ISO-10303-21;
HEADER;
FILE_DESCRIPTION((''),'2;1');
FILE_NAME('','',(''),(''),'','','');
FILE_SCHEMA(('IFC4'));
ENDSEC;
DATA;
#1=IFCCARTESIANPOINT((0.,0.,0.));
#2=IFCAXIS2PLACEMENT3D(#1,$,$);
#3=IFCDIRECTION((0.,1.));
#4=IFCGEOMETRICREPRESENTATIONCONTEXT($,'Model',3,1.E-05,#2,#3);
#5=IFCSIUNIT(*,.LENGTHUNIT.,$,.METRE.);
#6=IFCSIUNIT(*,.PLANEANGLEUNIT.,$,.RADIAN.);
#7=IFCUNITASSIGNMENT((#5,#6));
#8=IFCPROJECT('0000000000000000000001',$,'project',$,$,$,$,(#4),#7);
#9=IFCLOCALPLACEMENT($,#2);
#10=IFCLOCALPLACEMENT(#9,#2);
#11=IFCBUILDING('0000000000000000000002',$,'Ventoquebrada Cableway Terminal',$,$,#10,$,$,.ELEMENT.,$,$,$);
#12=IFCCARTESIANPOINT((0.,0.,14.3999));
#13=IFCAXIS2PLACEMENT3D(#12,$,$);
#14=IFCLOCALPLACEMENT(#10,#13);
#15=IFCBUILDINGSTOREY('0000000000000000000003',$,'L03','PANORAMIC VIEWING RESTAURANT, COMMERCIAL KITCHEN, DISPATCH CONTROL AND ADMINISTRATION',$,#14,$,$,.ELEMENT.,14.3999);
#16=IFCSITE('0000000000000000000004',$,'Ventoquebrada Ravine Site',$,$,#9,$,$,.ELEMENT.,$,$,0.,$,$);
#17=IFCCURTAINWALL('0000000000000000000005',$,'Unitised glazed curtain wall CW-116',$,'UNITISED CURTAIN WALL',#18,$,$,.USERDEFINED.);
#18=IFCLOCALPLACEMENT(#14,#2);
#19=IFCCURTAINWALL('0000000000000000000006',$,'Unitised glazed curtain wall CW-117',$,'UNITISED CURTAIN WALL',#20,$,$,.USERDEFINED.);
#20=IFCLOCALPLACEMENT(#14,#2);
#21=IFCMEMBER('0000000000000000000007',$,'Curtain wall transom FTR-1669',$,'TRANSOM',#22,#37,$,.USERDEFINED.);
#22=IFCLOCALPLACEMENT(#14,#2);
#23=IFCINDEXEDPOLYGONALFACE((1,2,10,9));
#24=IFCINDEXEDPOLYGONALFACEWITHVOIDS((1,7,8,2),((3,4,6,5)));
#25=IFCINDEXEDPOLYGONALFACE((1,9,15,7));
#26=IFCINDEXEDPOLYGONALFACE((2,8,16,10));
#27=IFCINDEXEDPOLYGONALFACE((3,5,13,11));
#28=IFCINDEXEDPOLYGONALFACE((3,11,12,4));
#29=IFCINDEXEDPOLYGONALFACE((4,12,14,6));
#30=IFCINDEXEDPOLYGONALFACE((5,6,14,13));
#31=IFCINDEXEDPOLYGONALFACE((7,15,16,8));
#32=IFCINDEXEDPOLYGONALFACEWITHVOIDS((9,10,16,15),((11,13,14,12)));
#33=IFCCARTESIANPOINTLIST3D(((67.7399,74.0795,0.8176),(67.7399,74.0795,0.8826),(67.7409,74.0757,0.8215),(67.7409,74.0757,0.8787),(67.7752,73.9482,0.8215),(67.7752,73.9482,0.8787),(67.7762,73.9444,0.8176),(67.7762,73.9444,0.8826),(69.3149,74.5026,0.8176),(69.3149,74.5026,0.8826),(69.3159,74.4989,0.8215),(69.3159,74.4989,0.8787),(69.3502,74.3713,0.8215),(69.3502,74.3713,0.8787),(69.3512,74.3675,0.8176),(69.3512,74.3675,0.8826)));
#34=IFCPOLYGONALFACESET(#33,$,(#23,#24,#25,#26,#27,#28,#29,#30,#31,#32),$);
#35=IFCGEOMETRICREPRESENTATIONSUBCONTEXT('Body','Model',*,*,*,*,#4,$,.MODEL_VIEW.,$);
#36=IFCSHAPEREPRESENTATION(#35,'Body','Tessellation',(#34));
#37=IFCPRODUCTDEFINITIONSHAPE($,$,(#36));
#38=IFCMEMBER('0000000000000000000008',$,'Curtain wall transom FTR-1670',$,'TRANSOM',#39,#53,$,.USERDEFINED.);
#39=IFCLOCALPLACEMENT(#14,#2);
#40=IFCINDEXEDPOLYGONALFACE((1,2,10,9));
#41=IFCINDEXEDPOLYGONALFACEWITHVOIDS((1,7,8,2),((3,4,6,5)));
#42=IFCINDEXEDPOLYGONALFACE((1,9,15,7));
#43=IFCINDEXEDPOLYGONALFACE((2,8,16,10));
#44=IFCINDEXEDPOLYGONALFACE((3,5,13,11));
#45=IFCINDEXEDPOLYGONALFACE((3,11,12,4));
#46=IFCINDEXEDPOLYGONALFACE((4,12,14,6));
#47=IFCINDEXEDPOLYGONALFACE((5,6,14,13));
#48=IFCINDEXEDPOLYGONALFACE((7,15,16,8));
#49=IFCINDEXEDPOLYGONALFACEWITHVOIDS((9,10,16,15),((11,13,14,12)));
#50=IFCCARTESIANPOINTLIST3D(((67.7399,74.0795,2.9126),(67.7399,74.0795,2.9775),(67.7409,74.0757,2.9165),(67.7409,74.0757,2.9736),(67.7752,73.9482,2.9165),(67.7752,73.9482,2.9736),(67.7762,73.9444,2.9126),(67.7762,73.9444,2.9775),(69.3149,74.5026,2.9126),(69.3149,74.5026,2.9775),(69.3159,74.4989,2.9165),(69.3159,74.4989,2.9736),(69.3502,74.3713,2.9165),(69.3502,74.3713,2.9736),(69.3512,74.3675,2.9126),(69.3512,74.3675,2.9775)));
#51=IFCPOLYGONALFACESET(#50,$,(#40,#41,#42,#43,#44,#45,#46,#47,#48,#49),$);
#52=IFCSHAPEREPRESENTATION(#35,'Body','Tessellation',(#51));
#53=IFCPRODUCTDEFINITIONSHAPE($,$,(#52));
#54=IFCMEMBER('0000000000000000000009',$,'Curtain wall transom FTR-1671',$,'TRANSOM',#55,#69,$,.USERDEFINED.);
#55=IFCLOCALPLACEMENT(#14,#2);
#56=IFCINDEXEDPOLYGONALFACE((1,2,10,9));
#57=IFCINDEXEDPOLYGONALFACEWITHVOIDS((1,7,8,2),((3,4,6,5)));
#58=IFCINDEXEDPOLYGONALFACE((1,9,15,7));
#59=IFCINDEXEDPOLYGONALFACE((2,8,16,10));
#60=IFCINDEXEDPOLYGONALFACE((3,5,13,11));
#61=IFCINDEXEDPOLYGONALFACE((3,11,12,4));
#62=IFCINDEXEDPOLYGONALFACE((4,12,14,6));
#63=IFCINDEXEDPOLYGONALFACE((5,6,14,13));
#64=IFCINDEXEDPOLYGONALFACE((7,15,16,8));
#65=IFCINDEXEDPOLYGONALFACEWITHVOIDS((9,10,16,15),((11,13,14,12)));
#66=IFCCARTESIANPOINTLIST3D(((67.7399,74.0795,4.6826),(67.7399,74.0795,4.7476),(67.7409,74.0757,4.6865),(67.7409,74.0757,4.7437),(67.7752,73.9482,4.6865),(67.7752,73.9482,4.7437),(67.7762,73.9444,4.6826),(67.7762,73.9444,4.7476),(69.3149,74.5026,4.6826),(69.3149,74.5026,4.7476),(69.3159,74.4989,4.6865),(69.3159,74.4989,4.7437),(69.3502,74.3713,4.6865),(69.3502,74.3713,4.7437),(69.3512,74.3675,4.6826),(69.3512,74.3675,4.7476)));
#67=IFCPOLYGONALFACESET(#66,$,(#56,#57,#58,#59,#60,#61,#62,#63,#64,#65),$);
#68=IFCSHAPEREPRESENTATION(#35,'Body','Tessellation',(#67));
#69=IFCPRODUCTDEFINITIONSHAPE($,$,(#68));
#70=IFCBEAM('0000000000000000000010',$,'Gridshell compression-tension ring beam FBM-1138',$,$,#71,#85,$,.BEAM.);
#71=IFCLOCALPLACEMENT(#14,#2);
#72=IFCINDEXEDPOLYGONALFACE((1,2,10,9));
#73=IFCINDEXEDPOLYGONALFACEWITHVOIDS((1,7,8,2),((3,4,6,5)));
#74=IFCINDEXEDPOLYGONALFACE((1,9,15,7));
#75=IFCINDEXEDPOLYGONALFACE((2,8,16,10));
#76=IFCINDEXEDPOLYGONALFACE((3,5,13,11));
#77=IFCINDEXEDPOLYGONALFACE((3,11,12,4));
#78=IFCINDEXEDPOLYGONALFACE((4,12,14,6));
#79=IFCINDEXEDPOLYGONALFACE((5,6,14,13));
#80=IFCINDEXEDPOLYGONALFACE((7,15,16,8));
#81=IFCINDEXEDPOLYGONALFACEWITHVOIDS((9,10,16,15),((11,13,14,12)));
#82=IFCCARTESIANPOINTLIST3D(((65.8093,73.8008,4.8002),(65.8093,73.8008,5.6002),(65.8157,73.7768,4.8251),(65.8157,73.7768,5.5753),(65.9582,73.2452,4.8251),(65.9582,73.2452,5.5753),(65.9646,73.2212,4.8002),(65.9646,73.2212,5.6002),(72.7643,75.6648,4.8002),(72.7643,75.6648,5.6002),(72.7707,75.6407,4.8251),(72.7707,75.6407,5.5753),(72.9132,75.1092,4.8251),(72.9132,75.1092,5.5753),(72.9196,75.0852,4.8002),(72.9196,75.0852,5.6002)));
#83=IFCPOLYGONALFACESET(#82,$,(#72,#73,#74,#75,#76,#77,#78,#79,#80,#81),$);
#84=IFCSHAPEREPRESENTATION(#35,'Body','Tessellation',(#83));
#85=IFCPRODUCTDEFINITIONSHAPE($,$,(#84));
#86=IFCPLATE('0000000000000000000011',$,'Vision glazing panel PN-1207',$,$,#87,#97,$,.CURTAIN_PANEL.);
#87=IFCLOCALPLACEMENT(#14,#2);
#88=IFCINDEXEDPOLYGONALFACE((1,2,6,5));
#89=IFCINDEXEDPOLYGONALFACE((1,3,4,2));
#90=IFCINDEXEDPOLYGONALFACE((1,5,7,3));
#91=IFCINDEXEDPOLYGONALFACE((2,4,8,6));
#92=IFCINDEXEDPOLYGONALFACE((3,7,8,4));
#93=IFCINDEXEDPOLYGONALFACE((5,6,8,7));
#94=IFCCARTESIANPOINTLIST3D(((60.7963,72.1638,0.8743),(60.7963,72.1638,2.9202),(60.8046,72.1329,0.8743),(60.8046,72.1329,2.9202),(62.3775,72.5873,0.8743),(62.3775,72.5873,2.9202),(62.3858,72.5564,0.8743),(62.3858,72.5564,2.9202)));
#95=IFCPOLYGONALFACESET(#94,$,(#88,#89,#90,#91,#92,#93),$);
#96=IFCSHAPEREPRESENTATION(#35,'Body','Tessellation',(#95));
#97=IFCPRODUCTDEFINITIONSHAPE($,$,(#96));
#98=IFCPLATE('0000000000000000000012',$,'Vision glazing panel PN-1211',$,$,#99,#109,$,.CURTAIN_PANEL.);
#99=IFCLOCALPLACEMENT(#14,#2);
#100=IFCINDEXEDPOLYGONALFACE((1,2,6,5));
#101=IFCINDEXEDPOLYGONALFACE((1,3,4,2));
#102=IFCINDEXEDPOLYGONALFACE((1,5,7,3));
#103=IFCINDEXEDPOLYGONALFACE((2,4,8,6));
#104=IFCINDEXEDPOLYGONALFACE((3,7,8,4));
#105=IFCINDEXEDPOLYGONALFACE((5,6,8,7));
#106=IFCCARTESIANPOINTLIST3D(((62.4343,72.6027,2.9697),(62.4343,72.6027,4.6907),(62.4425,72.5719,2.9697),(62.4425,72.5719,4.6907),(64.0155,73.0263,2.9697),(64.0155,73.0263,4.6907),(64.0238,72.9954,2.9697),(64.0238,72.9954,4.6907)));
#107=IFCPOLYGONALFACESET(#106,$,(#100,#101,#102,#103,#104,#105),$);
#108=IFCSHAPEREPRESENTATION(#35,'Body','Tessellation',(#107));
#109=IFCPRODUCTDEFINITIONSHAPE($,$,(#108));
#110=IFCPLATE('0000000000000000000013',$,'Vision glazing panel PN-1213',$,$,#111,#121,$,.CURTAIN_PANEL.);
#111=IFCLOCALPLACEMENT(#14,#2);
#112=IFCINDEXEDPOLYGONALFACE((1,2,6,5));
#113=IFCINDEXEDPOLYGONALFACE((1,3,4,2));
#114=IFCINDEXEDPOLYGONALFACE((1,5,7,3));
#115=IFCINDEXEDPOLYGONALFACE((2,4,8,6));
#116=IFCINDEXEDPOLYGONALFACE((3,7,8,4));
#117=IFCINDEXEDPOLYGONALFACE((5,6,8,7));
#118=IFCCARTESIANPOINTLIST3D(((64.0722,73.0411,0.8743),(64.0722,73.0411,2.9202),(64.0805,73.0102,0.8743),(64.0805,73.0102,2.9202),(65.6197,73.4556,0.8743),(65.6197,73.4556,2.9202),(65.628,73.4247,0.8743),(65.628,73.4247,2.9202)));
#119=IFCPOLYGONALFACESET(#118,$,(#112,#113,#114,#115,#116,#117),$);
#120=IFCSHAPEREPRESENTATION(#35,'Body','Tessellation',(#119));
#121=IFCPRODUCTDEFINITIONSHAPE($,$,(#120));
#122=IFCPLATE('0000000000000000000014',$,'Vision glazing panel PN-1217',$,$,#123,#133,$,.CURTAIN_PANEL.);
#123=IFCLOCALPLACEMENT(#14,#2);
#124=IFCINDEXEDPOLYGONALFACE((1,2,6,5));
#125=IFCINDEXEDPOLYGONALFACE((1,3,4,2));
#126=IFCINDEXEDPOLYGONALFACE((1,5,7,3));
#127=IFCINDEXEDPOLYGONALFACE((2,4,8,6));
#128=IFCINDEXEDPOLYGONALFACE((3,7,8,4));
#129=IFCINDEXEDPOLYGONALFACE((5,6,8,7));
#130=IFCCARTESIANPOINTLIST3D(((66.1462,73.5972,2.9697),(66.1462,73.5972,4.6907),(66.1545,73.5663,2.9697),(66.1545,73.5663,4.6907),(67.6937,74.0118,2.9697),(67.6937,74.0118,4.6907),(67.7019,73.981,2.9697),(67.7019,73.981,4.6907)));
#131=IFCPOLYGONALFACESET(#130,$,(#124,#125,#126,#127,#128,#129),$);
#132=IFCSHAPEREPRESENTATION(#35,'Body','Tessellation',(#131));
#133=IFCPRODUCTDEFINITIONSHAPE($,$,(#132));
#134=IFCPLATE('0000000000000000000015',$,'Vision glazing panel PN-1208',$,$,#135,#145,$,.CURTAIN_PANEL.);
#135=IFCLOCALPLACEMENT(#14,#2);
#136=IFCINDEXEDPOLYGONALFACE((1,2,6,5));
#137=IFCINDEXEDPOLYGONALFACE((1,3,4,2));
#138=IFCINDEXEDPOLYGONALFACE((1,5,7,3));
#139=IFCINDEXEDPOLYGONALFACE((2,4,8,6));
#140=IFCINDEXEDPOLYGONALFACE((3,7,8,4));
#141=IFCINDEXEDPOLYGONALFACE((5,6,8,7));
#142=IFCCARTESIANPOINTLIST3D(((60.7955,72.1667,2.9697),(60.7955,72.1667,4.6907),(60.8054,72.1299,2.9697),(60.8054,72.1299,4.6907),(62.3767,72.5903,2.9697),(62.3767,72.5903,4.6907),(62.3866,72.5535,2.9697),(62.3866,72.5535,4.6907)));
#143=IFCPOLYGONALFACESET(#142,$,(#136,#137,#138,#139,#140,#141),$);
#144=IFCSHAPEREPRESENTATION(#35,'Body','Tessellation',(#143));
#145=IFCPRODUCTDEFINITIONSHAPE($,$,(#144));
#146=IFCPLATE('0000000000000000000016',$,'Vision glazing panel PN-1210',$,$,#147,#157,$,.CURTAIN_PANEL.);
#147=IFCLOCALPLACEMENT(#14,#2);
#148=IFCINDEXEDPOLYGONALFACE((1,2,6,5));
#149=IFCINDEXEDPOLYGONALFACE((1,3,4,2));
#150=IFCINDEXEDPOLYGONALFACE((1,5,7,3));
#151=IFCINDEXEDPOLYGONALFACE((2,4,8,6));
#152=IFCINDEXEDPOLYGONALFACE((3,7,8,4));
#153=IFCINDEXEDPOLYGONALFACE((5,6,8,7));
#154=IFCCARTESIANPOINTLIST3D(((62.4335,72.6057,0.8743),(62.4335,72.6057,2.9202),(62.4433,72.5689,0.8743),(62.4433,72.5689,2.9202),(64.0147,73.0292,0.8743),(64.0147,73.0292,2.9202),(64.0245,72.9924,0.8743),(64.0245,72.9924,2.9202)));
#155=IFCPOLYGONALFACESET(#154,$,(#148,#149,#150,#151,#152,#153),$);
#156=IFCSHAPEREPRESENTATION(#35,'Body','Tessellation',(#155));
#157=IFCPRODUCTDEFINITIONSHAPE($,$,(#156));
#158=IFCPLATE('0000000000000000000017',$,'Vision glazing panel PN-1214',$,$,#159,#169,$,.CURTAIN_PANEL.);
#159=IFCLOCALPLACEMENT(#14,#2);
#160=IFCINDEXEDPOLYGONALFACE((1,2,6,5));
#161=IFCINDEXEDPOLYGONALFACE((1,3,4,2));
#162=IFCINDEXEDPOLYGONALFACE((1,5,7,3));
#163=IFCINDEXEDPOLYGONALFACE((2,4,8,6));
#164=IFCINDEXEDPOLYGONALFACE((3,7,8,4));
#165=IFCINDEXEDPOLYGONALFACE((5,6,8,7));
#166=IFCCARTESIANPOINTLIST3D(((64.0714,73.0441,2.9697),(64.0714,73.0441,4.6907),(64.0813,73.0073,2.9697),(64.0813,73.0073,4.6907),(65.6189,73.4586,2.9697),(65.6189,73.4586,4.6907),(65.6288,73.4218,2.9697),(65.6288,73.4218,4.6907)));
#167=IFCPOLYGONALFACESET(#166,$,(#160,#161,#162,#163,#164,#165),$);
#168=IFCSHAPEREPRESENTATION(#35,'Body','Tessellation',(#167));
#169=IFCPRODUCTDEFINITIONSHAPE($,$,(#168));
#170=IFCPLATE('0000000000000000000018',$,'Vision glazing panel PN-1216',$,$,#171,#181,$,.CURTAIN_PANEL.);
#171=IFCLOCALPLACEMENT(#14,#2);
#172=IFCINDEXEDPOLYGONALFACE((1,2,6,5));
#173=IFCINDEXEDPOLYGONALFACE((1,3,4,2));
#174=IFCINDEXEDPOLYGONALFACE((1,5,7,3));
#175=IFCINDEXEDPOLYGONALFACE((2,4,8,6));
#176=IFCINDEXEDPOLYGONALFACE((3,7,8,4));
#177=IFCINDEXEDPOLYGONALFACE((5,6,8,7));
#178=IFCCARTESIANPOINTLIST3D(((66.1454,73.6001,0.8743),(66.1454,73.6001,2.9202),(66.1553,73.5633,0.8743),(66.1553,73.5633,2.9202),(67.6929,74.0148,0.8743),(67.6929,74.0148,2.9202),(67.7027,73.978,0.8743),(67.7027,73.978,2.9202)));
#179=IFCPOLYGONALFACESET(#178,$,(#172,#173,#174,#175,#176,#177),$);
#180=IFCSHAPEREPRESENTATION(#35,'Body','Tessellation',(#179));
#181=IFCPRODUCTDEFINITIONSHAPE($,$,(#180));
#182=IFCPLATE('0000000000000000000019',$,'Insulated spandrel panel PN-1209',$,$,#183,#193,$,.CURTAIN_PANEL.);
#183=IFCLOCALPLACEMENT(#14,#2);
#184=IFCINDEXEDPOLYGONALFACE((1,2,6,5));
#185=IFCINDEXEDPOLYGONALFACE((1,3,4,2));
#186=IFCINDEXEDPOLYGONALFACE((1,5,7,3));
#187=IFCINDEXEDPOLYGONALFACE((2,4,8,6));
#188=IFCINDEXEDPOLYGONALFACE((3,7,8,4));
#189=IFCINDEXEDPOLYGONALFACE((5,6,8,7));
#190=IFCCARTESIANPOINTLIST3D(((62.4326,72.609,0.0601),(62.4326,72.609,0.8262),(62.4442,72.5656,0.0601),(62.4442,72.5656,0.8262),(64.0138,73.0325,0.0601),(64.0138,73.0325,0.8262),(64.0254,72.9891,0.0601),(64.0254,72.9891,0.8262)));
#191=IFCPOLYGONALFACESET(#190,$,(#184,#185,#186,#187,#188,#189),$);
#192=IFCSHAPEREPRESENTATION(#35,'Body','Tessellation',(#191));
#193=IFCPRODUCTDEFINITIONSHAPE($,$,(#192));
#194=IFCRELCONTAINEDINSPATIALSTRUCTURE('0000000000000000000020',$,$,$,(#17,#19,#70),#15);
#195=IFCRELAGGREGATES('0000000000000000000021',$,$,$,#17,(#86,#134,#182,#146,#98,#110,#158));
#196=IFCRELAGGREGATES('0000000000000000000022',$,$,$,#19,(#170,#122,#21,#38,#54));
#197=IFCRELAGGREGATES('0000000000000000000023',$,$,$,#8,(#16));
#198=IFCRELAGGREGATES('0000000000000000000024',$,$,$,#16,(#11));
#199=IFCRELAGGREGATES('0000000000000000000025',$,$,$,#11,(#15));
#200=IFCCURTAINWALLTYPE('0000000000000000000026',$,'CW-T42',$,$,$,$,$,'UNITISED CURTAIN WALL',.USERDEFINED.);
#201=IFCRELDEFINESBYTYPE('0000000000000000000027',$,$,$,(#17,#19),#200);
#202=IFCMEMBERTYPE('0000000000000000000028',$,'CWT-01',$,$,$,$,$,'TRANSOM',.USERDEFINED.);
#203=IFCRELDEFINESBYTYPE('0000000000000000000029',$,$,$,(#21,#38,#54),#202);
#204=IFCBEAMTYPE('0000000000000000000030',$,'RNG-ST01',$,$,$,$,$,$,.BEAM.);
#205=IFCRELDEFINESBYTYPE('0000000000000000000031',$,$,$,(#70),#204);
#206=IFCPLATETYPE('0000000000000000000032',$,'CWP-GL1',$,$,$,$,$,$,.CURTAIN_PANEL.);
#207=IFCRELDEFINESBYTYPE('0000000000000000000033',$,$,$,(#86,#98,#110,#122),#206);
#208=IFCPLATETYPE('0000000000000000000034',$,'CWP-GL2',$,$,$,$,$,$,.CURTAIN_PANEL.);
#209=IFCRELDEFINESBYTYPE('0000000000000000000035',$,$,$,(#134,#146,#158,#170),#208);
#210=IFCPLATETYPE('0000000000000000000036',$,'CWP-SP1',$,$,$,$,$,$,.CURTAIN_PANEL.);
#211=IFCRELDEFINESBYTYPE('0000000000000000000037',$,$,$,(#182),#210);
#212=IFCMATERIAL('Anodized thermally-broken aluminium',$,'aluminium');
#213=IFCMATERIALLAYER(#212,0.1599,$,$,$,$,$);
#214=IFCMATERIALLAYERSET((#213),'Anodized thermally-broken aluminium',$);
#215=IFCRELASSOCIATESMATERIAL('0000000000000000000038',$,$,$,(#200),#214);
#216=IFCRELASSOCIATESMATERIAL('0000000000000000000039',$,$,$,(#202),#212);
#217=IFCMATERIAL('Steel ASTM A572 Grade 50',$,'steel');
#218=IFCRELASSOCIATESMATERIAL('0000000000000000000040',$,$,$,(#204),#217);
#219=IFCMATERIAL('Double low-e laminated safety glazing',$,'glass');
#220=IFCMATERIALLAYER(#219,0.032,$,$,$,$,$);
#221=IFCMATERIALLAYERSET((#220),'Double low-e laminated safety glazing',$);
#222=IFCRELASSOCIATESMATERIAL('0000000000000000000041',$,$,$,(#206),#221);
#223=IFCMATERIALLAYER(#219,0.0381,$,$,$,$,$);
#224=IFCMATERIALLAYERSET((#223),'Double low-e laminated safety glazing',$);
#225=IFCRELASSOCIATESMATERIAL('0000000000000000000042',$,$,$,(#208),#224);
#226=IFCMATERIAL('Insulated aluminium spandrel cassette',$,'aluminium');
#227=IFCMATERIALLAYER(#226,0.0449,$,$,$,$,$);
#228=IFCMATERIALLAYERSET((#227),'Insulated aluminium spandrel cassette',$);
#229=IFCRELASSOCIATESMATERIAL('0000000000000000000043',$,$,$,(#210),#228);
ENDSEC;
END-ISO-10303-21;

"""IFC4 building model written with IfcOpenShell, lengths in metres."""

from ifc_helpers import new_model, si_unit, direction, frame, origin, origin_2d, place, context, subcontext, project, spatial, rectangle, hollow_rectangle, extrude, material, layer, layer_set, material_profile, profile_set, type_object, element, aggregate, save


model = new_model("IFC4")

# Units and contexts
model_context = context("Model", 3, precision=1e-05, world=origin(), true_north=direction((0.0, 1.0)))
body_context = subcontext(model_context, "Body", "Model", "MODEL_VIEW")
ifc_project = project(units=[si_unit("LENGTHUNIT", "METRE"), si_unit("PLANEANGLEUNIT", "RADIAN")], contexts=[model_context])

# Site, building, storey
site_placement = place(None, origin())
site = spatial("IfcSite", under=ifc_project, at=site_placement, Name="Ventoquebrada Ravine Site", CompositionType="ELEMENT", RefElevation=0.0)
building_placement = place(site_placement, origin())
building = spatial("IfcBuilding", under=site, at=building_placement, Name="Ventoquebrada Cableway Terminal", CompositionType="ELEMENT")
storey_placement = place(building_placement, frame((0.0, 0.0, 14.3999)))
storey = spatial("IfcBuildingStorey", under=building, at=storey_placement, Name="L03", Description="PANORAMIC VIEWING RESTAURANT, COMMERCIAL KITCHEN, DISPATCH CONTROL AND ADMINISTRATION", CompositionType="ELEMENT", Elevation=14.3999)

# Curtain walls
ifc_material_1 = material(Name="Anodized thermally-broken aluminium", Category="aluminium")
ifc_layer_1 = layer(ifc_material_1, 0.1599)
ifc_layer_set_1 = layer_set([ifc_layer_1], Name="Anodized thermally-broken aluminium")
curtain_wall_type = type_object("IfcCurtainWallType", Name="CW-T42", ElementType="UNITISED CURTAIN WALL", PredefinedType="USERDEFINED", material=ifc_layer_set_1)
curtain_wall_1_placement = place(storey_placement, origin())
curtain_wall_1 = element("IfcCurtainWall", 1, at=curtain_wall_1_placement, inside=storey, type_object=curtain_wall_type, Name="Unitised glazed curtain wall CW-116", ObjectType="UNITISED CURTAIN WALL", PredefinedType="USERDEFINED")
curtain_wall_2_placement = place(storey_placement, origin())
curtain_wall_2 = element("IfcCurtainWall", 2, at=curtain_wall_2_placement, inside=storey, type_object=curtain_wall_type, Name="Unitised glazed curtain wall CW-117", ObjectType="UNITISED CURTAIN WALL", PredefinedType="USERDEFINED")

# Members
ifc_material_profile_1 = material_profile(ifc_material_1, hollow_rectangle(XDim=0.0649, YDim=0.1399, WallThickness=0.0039, at=origin_2d()), Name="CW-TRN-65X140")
ifc_profile_set_1 = profile_set([ifc_material_profile_1], Name="Anodized thermally-broken aluminium")
member_type_1 = type_object("IfcMemberType", Name="CWT-01", ElementType="TRANSOM", PredefinedType="USERDEFINED", material=ifc_profile_set_1)
member_1_placement = place(storey_placement, frame((67.7581, 74.012, 0.8501), z_axis=(0.965759, 0.259442, 0.0), x_axis=(0.0, 0.0, 1.0)))
member_1 = element("IfcMember", 3, at=member_1_placement, type_object=member_type_1, Name="Curtain wall transom FTR-1669", ObjectType="TRANSOM", PredefinedType="USERDEFINED", context=body_context, shape_type="SweptSolid", body=[
    extrude(hollow_rectangle(XDim=0.0649, YDim=0.1399, WallThickness=0.0039, at=origin_2d()), origin(), (0.0, 0.0, 1.0), 1.6309),
])
member_2_placement = place(storey_placement, frame((67.7581, 74.012, 2.9451), z_axis=(0.965759, 0.259442, 0.0), x_axis=(0.0, 0.0, 1.0)))
member_2 = element("IfcMember", 4, at=member_2_placement, type_object=member_type_1, Name="Curtain wall transom FTR-1670", ObjectType="TRANSOM", PredefinedType="USERDEFINED", context=body_context, shape_type="SweptSolid", body=[
    extrude(hollow_rectangle(XDim=0.0649, YDim=0.1399, WallThickness=0.0039, at=origin_2d()), origin(), (0.0, 0.0, 1.0), 1.6309),
])
member_3_placement = place(storey_placement, frame((67.7581, 74.012, 4.7151), z_axis=(0.965759, 0.259442, 0.0), x_axis=(0.0, 0.0, 1.0)))
member_3 = element("IfcMember", 5, at=member_3_placement, type_object=member_type_1, Name="Curtain wall transom FTR-1671", ObjectType="TRANSOM", PredefinedType="USERDEFINED", context=body_context, shape_type="SweptSolid", body=[
    extrude(hollow_rectangle(XDim=0.0649, YDim=0.1399, WallThickness=0.0039, at=origin_2d()), origin(), (0.0, 0.0, 1.0), 1.6309),
])

# Beam
ifc_material_2 = material(Name="Steel ASTM A572 Grade 50", Category="steel")
ifc_material_profile_2 = material_profile(ifc_material_2, hollow_rectangle(XDim=0.6001, YDim=0.8, WallThickness=0.0249, at=origin_2d()), Name="BOX600X800X25")
ifc_profile_set_2 = profile_set([ifc_material_profile_2], Name="Steel ASTM A572 Grade 50")
beam_type = type_object("IfcBeamType", Name="RNG-ST01", PredefinedType="BEAM", material=ifc_profile_set_2)
beam_placement = place(storey_placement, frame((65.887, 73.511, 5.2002), z_axis=(0.965912, 0.258872, 0.0), x_axis=(-0.258872, 0.965912, 0.0)))
element("IfcBeam", 6, at=beam_placement, inside=storey, type_object=beam_type, Name="Gridshell compression-tension ring beam FBM-1138", PredefinedType="BEAM", context=body_context, shape_type="SweptSolid", body=[
    extrude(hollow_rectangle(XDim=0.6001, YDim=0.8, WallThickness=0.0249, at=origin_2d()), origin(), (0.0, 0.0, 1.0), 7.2004),
])

# Plates
ifc_material_3 = material(Name="Double low-e laminated safety glazing", Category="glass")
ifc_layer_2 = layer(ifc_material_3, 0.032)
ifc_layer_set_2 = layer_set([ifc_layer_2], Name="Double low-e laminated safety glazing")
plate_type_1 = type_object("IfcPlateType", Name="CWP-GL1", PredefinedType="CURTAIN_PANEL", material=ifc_layer_set_2)
plate_1_placement = place(storey_placement, frame((61.5911, 72.3601, 0.8743), z_axis=(0.0, 0.0, 1.0), x_axis=(0.965948, 0.258735, 0.0)))
plate_1 = element("IfcPlate", 7, at=plate_1_placement, type_object=plate_type_1, Name="Vision glazing panel PN-1207", PredefinedType="CURTAIN_PANEL", context=body_context, shape_type="SweptSolid", body=[
    extrude(rectangle(XDim=1.637, YDim=0.032, at=origin_2d()), origin(), (0.0, 0.0, 1.0), 2.0459),
])
plate_2_placement = place(storey_placement, frame((63.229, 72.7991, 2.9697), z_axis=(0.0, 0.0, 1.0), x_axis=(0.965948, 0.258735, 0.0)))
plate_2 = element("IfcPlate", 8, at=plate_2_placement, type_object=plate_type_1, Name="Vision glazing panel PN-1211", PredefinedType="CURTAIN_PANEL", context=body_context, shape_type="SweptSolid", body=[
    extrude(rectangle(XDim=1.637, YDim=0.032, at=origin_2d()), origin(), (0.0, 0.0, 1.0), 1.7209),
])
plate_3_placement = place(storey_placement, frame((64.8501, 73.2329, 0.8743), z_axis=(0.0, 0.0, 1.0), x_axis=(0.965948, 0.258735, 0.0)))
plate_3 = element("IfcPlate", 9, at=plate_3_placement, type_object=plate_type_1, Name="Vision glazing panel PN-1213", PredefinedType="CURTAIN_PANEL", context=body_context, shape_type="SweptSolid", body=[
    extrude(rectangle(XDim=1.6021, YDim=0.032, at=origin_2d()), origin(), (0.0, 0.0, 1.0), 2.0459),
])
plate_4_placement = place(storey_placement, frame((66.9241, 73.7891, 2.9697), z_axis=(0.0, 0.0, 1.0), x_axis=(0.965921, 0.258836, 0.0)))
plate_4 = element("IfcPlate", 10, at=plate_4_placement, type_object=plate_type_1, Name="Vision glazing panel PN-1217", PredefinedType="CURTAIN_PANEL", context=body_context, shape_type="SweptSolid", body=[
    extrude(rectangle(XDim=1.6021, YDim=0.032, at=origin_2d()), origin(), (0.0, 0.0, 1.0), 1.7209),
])
ifc_layer_3 = layer(ifc_material_3, 0.0381)
ifc_layer_set_3 = layer_set([ifc_layer_3], Name="Double low-e laminated safety glazing")
plate_type_2 = type_object("IfcPlateType", Name="CWP-GL2", PredefinedType="CURTAIN_PANEL", material=ifc_layer_set_3)
plate_5_placement = place(storey_placement, frame((61.5911, 72.3601, 2.9697), z_axis=(0.0, 0.0, 1.0), x_axis=(0.965948, 0.258735, 0.0)))
plate_5 = element("IfcPlate", 11, at=plate_5_placement, type_object=plate_type_2, Name="Vision glazing panel PN-1208", PredefinedType="CURTAIN_PANEL", context=body_context, shape_type="SweptSolid", body=[
    extrude(rectangle(XDim=1.637, YDim=0.0381, at=origin_2d()), origin(), (0.0, 0.0, 1.0), 1.7209),
])
plate_6_placement = place(storey_placement, frame((63.229, 72.7991, 0.8743), z_axis=(0.0, 0.0, 1.0), x_axis=(0.965948, 0.258735, 0.0)))
plate_6 = element("IfcPlate", 12, at=plate_6_placement, type_object=plate_type_2, Name="Vision glazing panel PN-1210", PredefinedType="CURTAIN_PANEL", context=body_context, shape_type="SweptSolid", body=[
    extrude(rectangle(XDim=1.637, YDim=0.0381, at=origin_2d()), origin(), (0.0, 0.0, 1.0), 2.0459),
])
plate_7_placement = place(storey_placement, frame((64.8501, 73.2329, 2.9697), z_axis=(0.0, 0.0, 1.0), x_axis=(0.965948, 0.258735, 0.0)))
plate_7 = element("IfcPlate", 13, at=plate_7_placement, type_object=plate_type_2, Name="Vision glazing panel PN-1214", PredefinedType="CURTAIN_PANEL", context=body_context, shape_type="SweptSolid", body=[
    extrude(rectangle(XDim=1.6021, YDim=0.0381, at=origin_2d()), origin(), (0.0, 0.0, 1.0), 1.7209),
])
plate_8_placement = place(storey_placement, frame((66.9241, 73.7891, 0.8743), z_axis=(0.0, 0.0, 1.0), x_axis=(0.965921, 0.258836, 0.0)))
plate_8 = element("IfcPlate", 14, at=plate_8_placement, type_object=plate_type_2, Name="Vision glazing panel PN-1216", PredefinedType="CURTAIN_PANEL", context=body_context, shape_type="SweptSolid", body=[
    extrude(rectangle(XDim=1.6021, YDim=0.0381, at=origin_2d()), origin(), (0.0, 0.0, 1.0), 2.0459),
])
ifc_material_4 = material(Name="Insulated aluminium spandrel cassette", Category="aluminium")
ifc_layer_4 = layer(ifc_material_4, 0.0449)
ifc_layer_set_4 = layer_set([ifc_layer_4], Name="Insulated aluminium spandrel cassette")
plate_type_3 = type_object("IfcPlateType", Name="CWP-SP1", PredefinedType="CURTAIN_PANEL", material=ifc_layer_set_4)
plate_9_placement = place(storey_placement, frame((63.229, 72.7991, 0.0601), z_axis=(0.0, 0.0, 1.0), x_axis=(0.965948, 0.258735, 0.0)))
plate_9 = element("IfcPlate", 15, at=plate_9_placement, type_object=plate_type_3, Name="Insulated spandrel panel PN-1209", PredefinedType="CURTAIN_PANEL", context=body_context, shape_type="SweptSolid", body=[
    extrude(rectangle(XDim=1.637, YDim=0.0449, at=origin_2d()), origin(), (0.0, 0.0, 1.0), 0.7661),
])
aggregate(curtain_wall_1, [plate_1, plate_5, plate_9, plate_6, plate_2, plate_3, plate_7])
aggregate(curtain_wall_2, [plate_8, plate_4, member_1, member_2, member_3])

save(model, "model.ifc")
